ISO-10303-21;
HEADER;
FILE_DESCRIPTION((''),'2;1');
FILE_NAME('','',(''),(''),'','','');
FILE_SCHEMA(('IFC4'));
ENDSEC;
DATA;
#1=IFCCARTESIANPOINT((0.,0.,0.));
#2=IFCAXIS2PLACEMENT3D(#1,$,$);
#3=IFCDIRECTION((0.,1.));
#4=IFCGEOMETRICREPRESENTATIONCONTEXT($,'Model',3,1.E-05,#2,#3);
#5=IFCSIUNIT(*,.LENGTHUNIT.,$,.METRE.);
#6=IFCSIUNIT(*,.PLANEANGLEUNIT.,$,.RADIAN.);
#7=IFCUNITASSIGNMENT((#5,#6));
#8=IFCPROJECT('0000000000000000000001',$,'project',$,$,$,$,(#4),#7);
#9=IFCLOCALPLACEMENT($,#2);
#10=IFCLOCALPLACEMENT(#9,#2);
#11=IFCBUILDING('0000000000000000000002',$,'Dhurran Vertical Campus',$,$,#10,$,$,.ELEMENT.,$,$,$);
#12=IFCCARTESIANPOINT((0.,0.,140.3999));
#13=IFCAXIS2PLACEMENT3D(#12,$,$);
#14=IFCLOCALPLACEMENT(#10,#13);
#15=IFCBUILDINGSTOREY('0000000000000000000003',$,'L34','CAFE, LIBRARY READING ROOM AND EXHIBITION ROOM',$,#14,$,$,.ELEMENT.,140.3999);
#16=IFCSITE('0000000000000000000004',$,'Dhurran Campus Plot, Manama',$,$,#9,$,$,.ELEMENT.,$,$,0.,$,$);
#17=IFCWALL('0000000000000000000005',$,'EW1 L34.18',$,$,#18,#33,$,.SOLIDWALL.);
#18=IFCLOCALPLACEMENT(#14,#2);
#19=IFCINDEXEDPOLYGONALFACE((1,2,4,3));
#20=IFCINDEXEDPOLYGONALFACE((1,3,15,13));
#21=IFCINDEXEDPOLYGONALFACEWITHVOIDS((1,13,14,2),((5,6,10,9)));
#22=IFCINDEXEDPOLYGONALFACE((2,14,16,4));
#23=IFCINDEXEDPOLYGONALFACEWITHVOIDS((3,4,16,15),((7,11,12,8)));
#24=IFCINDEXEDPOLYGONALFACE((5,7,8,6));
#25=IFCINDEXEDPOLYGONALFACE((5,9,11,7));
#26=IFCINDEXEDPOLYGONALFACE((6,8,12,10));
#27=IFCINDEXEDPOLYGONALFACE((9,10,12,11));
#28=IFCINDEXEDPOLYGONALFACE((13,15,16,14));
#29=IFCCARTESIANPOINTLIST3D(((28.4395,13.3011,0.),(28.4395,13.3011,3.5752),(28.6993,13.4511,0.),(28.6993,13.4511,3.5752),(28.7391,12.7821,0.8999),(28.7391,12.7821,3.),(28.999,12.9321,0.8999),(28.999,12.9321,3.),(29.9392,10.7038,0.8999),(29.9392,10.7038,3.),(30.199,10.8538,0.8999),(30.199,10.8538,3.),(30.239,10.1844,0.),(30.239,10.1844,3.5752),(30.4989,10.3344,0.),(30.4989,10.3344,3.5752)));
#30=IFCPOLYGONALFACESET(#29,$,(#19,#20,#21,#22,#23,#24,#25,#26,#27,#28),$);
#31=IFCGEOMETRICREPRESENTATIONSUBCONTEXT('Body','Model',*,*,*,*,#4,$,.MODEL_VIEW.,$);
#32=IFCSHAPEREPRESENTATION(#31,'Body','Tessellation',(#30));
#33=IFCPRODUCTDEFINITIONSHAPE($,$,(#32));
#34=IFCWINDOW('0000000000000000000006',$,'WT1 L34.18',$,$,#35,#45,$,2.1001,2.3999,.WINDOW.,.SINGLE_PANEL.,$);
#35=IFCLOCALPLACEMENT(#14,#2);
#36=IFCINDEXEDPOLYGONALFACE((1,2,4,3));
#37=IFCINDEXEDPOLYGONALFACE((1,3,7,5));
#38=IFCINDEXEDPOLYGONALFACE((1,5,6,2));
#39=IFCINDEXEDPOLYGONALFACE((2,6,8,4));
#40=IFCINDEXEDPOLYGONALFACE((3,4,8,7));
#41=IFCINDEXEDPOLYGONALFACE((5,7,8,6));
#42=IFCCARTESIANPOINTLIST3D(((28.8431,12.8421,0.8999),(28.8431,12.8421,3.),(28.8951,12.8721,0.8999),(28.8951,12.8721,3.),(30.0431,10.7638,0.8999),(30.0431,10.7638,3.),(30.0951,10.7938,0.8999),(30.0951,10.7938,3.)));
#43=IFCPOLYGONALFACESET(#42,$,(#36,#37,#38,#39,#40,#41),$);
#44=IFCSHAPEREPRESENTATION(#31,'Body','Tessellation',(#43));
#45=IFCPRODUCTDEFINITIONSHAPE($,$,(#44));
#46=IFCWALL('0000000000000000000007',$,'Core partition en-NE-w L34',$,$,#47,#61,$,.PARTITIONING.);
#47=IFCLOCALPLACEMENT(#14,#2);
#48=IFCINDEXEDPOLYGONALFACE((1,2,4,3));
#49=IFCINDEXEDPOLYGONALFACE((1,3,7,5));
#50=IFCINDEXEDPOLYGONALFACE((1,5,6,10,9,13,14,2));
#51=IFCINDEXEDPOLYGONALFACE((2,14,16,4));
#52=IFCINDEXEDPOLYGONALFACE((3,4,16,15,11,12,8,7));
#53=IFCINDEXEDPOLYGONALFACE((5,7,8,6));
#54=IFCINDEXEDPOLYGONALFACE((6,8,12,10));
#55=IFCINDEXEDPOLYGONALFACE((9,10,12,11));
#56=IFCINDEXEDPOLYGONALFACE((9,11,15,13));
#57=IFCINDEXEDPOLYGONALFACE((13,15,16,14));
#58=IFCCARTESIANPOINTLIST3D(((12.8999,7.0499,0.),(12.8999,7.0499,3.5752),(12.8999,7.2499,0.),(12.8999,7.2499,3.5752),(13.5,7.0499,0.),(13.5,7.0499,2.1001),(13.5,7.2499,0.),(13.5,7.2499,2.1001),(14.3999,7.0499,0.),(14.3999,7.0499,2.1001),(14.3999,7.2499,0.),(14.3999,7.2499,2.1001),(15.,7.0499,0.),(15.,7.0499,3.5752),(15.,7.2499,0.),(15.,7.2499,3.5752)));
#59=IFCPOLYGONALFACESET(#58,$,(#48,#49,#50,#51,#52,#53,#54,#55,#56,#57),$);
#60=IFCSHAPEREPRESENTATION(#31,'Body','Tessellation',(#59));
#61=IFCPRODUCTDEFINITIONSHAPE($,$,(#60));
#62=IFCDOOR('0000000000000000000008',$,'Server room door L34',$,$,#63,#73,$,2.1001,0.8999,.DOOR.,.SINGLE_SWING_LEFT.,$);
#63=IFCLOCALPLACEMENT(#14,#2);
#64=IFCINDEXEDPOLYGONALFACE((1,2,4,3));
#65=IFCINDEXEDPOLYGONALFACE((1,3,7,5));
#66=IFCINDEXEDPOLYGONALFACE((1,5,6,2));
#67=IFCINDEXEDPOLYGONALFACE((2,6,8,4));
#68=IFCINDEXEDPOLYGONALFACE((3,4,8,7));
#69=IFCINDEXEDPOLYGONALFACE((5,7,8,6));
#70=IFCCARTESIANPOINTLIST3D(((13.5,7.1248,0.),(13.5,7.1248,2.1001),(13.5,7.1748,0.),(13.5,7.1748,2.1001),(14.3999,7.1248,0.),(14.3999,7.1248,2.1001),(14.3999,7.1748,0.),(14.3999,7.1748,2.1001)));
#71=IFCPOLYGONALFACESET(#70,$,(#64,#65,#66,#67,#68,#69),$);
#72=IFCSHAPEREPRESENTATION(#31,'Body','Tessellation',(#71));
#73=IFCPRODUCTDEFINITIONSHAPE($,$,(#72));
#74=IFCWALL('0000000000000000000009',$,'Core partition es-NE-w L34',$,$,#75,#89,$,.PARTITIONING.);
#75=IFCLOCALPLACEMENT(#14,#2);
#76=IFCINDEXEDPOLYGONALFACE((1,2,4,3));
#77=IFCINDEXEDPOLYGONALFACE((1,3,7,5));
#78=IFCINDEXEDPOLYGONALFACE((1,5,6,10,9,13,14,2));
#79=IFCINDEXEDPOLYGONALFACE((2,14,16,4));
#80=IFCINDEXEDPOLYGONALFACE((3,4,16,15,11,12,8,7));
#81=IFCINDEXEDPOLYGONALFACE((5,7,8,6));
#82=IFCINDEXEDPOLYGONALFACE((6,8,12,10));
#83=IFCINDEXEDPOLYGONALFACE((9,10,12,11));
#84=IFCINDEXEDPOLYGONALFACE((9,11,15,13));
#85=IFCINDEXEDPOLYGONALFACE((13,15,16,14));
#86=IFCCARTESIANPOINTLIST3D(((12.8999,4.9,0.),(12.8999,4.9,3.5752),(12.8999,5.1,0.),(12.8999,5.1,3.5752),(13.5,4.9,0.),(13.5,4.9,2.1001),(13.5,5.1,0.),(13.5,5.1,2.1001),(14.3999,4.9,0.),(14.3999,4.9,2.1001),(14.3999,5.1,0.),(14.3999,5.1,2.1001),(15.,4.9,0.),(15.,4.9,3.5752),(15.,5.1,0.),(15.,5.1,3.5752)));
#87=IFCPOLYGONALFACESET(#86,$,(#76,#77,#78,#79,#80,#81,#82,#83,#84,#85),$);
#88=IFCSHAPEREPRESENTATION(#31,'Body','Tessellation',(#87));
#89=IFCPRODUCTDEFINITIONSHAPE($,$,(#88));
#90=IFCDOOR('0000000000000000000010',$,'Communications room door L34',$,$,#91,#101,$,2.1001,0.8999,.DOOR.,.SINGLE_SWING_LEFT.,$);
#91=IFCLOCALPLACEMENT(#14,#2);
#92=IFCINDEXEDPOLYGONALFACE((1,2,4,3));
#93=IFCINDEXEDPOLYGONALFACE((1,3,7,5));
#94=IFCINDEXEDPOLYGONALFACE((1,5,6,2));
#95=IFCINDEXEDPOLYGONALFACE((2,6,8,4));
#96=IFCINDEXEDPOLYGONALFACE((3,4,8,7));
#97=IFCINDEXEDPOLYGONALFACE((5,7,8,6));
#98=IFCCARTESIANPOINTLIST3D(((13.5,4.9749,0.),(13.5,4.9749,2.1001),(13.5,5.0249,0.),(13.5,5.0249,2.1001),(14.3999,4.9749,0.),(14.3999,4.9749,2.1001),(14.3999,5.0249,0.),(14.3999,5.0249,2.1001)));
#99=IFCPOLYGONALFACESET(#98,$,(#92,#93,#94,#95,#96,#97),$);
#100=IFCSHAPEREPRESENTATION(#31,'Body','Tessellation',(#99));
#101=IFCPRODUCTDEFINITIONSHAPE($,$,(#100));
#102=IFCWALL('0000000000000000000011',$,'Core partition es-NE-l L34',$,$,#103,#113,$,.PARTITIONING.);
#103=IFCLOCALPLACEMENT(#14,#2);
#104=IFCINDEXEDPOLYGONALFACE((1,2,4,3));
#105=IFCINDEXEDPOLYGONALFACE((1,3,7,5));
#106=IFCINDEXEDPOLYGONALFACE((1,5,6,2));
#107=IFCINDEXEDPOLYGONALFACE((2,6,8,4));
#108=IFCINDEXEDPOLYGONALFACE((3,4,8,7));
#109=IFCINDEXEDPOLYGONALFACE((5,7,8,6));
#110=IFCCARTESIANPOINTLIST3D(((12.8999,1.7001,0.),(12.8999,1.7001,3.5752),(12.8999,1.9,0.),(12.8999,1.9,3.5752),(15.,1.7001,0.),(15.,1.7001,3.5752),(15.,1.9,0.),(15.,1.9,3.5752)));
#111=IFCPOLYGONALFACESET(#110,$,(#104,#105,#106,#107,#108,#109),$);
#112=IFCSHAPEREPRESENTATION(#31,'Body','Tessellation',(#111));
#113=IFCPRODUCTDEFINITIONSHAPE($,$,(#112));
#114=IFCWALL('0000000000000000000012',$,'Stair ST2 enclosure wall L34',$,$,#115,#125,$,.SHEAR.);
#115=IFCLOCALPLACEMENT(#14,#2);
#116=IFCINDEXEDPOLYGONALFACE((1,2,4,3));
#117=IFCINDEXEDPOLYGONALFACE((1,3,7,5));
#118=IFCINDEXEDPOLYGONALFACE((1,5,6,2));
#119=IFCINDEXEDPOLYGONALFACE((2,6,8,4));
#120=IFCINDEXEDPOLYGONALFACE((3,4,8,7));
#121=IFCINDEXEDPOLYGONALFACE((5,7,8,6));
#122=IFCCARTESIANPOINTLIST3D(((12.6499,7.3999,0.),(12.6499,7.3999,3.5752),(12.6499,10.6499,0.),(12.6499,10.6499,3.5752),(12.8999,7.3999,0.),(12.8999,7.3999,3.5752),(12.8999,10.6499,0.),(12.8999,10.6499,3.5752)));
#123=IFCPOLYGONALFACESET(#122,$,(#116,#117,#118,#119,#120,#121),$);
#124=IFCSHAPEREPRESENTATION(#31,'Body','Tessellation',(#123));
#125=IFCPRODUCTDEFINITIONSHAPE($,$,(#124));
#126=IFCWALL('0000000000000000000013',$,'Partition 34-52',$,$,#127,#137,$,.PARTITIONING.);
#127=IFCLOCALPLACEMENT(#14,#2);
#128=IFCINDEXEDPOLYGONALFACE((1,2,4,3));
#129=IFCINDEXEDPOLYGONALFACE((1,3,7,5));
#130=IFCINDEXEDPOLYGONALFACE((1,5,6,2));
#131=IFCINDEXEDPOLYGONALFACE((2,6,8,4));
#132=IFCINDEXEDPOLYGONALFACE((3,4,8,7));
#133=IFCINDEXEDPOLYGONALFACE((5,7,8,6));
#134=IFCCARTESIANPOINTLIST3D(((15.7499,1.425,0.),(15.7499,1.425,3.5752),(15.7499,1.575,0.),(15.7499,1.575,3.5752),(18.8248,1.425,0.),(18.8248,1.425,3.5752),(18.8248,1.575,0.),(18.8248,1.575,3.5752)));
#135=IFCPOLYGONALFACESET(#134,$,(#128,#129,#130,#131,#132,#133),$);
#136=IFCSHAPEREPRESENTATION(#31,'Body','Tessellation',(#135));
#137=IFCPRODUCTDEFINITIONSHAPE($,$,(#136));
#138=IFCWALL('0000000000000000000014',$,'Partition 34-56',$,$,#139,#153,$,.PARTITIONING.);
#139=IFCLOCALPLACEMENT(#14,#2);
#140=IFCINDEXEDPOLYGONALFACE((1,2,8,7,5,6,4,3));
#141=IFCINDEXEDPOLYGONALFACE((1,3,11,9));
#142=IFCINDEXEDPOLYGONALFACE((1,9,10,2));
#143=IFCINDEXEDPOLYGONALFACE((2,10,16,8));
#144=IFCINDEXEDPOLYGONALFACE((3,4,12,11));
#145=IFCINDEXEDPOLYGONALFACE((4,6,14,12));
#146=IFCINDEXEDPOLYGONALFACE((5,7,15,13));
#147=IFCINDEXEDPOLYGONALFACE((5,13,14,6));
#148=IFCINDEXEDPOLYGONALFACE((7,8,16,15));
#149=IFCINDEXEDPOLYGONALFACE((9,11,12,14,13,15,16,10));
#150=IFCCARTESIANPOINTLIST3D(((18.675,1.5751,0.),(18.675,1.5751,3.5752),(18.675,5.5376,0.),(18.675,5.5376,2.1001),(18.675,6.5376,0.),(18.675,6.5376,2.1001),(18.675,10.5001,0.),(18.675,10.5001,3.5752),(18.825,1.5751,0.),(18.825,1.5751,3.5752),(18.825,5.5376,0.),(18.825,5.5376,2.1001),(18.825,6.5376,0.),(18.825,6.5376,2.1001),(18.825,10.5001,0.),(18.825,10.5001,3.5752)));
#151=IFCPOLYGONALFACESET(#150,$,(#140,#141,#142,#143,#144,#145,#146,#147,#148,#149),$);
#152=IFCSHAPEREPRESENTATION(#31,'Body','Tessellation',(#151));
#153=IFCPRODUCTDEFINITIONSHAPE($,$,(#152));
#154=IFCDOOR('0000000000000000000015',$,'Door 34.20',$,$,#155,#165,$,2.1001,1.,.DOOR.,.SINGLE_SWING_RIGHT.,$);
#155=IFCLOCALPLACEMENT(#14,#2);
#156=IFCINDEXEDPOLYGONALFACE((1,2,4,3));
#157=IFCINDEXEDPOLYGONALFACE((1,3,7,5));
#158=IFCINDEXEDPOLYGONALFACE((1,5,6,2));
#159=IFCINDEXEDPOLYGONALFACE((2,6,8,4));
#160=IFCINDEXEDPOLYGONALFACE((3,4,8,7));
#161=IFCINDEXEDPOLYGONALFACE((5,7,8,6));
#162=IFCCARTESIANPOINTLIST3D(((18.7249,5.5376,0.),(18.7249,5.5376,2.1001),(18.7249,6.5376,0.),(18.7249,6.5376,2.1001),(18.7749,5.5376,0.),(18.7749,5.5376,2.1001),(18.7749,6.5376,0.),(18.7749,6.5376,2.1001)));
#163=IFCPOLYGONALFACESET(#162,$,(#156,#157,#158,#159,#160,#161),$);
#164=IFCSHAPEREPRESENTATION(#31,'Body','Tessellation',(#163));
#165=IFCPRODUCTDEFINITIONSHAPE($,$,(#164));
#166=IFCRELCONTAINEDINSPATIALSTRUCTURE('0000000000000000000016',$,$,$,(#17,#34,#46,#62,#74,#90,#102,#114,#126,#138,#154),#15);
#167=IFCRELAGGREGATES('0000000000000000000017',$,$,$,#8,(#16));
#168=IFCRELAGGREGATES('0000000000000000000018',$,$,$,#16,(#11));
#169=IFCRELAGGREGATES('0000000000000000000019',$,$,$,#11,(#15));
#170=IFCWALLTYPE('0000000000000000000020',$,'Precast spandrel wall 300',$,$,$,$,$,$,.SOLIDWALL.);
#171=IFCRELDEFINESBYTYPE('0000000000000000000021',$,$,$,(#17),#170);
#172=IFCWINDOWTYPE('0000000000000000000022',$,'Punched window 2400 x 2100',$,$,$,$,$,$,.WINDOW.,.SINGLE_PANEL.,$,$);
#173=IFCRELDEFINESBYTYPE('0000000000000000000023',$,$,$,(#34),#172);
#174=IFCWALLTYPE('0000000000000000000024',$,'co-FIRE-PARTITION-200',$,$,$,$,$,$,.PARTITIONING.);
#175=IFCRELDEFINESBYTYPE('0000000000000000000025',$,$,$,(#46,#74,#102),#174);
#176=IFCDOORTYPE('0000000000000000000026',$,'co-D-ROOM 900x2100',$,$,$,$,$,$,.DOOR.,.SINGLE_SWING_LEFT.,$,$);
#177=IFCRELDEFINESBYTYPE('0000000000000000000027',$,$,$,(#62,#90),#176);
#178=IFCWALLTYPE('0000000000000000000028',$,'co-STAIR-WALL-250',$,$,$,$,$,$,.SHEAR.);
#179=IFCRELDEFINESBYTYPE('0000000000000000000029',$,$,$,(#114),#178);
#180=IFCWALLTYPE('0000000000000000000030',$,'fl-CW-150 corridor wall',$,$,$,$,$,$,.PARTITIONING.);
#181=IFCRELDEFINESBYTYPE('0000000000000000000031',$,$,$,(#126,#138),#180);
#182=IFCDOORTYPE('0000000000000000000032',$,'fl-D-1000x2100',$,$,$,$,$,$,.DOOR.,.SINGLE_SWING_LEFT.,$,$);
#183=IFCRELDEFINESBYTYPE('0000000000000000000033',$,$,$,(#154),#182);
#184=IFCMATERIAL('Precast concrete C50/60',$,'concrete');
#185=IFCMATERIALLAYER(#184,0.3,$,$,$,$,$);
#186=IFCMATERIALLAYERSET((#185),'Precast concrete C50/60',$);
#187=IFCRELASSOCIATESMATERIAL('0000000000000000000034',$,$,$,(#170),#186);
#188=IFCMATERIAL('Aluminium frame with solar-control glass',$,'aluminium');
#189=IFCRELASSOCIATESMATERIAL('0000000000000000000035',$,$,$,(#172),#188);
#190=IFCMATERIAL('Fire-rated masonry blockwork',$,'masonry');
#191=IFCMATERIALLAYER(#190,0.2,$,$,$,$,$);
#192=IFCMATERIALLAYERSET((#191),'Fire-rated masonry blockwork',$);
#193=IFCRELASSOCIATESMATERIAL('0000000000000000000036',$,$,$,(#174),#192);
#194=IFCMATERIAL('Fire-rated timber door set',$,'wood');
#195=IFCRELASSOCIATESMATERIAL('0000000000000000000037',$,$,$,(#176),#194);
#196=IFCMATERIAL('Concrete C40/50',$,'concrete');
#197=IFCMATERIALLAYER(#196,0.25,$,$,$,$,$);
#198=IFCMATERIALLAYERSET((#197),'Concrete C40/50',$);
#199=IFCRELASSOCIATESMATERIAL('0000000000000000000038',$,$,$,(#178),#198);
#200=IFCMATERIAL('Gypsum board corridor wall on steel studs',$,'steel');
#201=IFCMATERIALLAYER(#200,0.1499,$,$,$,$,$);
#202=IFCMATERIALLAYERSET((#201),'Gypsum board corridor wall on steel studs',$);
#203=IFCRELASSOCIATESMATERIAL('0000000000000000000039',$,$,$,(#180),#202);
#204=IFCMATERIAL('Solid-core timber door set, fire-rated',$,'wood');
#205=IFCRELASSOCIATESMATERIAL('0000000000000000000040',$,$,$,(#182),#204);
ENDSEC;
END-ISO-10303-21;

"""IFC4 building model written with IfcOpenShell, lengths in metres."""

from ifc_helpers import new_model, si_unit, direction, frame, frame_2d, origin, place, context, subcontext, project, spatial, rectangle, extrude, material, layer, layer_set, type_object, element, fill, save


model = new_model("IFC4")

# Units and contexts
model_context = context("Model", 3, precision=1e-05, world=origin(), true_north=direction((0.0, 1.0)))
body_context = subcontext(model_context, "Body", "Model", "MODEL_VIEW")
ifc_project = project(units=[si_unit("LENGTHUNIT", "METRE"), si_unit("PLANEANGLEUNIT", "RADIAN")], contexts=[model_context])

# Site, building, storey
site_placement = place(None, origin())
site = spatial("IfcSite", under=ifc_project, at=site_placement, Name="Dhurran Campus Plot, Manama", CompositionType="ELEMENT", RefElevation=0.0)
building_placement = place(site_placement, origin())
building = spatial("IfcBuilding", under=site, at=building_placement, Name="Dhurran Vertical Campus", CompositionType="ELEMENT")
storey_placement = place(building_placement, frame((0.0, 0.0, 140.3999)))
storey = spatial("IfcBuildingStorey", under=building, at=storey_placement, Name="L34", Description="CAFE, LIBRARY READING ROOM AND EXHIBITION ROOM", CompositionType="ELEMENT", Elevation=140.3999)

# Wall, opening, window
ifc_material_1 = material(Name="Precast concrete C50/60", Category="concrete")
ifc_layer_1 = layer(ifc_material_1, 0.3)
ifc_layer_set_1 = layer_set([ifc_layer_1], Name="Precast concrete C50/60")
wall_type_1 = type_object("IfcWallType", Name="Precast spandrel wall 300", PredefinedType="SOLIDWALL", material=ifc_layer_set_1)
ifc_material_2 = material(Name="Aluminium frame with solar-control glass", Category="aluminium")
window_type = type_object("IfcWindowType", Name="Punched window 2400 x 2100", PartitioningType="SINGLE_PANEL", PredefinedType="WINDOW", material=ifc_material_2)
wall_1_placement = place(storey_placement, frame((30.3689, 10.2595, 0.0), z_axis=(0.0, 0.0, 1.0), x_axis=(-0.500028, 0.866009, 0.0)))
wall_1 = element("IfcWall", 1, at=wall_1_placement, inside=storey, type_object=wall_type_1, Name="EW1 L34.18", PredefinedType="SOLIDWALL", context=body_context, shape_type="SweptSolid", body=[
    extrude(rectangle(XDim=3.5989, YDim=0.3, at=frame_2d((1.7993, 0.0))), origin(), (0.0, 0.0, 1.0), 3.5752),
])
opening_1_placement = place(wall_1_placement, frame((0.5996, 0.0, 0.8999)))
opening_1 = element("IfcOpeningElement", 2, at=opening_1_placement, cuts=wall_1, PredefinedType="OPENING", context=body_context, shape_type="SweptSolid", body=[
    extrude(rectangle(XDim=2.3999, YDim=2.1001, at=frame_2d((1.2, 1.05))), frame((0.0, 0.1599, 0.0), z_axis=(0.0, -1.0, 0.0), x_axis=(1.0, 0.0, 0.0)), (0.0, 0.0, 1.0), 0.3201),
])
window_1_placement = place(opening_1_placement, origin())
window_1 = element("IfcWindow", 3, at=window_1_placement, inside=storey, type_object=window_type, Name="WT1 L34.18", OverallHeight=2.1001, OverallWidth=2.3999, PartitioningType="SINGLE_PANEL", PredefinedType="WINDOW", context=body_context, shape_type="SweptSolid", body=[
    extrude(rectangle(XDim=2.3999, YDim=2.1001, at=frame_2d((1.2, 1.05))), frame((0.0, 0.03, 0.0), z_axis=(0.0, -1.0, 0.0), x_axis=(1.0, 0.0, 0.0)), (0.0, 0.0, 1.0), 0.0601),
])
fill(opening_1, window_1)

# Walls, openings, doors
ifc_material_3 = material(Name="Fire-rated masonry blockwork", Category="masonry")
ifc_layer_2 = layer(ifc_material_3, 0.2)
ifc_layer_set_2 = layer_set([ifc_layer_2], Name="Fire-rated masonry blockwork")
wall_type_2 = type_object("IfcWallType", Name="co-FIRE-PARTITION-200", PredefinedType="PARTITIONING", material=ifc_layer_set_2)
wall_2_placement = place(storey_placement, frame((12.8999, 7.1499, 0.0), z_axis=(0.0, 0.0, 1.0), x_axis=(1.0, 0.0, 0.0)))
wall_2 = element("IfcWall", 4, at=wall_2_placement, inside=storey, type_object=wall_type_2, Name="Core partition en-NE-w L34", PredefinedType="PARTITIONING", context=body_context, shape_type="SweptSolid", body=[
    extrude(rectangle(XDim=2.1001, YDim=0.2, at=frame_2d((1.05, 0.0))), origin(), (0.0, 0.0, 1.0), 3.5752),
])
opening_2_placement = place(wall_2_placement, frame((0.6001, 0.0, 0.0)))
opening_2 = element("IfcOpeningElement", 5, at=opening_2_placement, cuts=wall_2, PredefinedType="OPENING", context=body_context, shape_type="SweptSolid", body=[
    extrude(rectangle(XDim=0.8999, YDim=2.1001, at=frame_2d((0.45, 1.05))), frame((0.0, 0.1099, 0.0), z_axis=(0.0, -1.0, 0.0), x_axis=(1.0, 0.0, 0.0)), (0.0, 0.0, 1.0), 0.22),
])
ifc_material_4 = material(Name="Fire-rated timber door set", Category="wood")
door_type_1 = type_object("IfcDoorType", Name="co-D-ROOM 900x2100", OperationType="SINGLE_SWING_LEFT", PredefinedType="DOOR", material=ifc_material_4)
door_1_placement = place(opening_2_placement, origin())
door_1 = element("IfcDoor", 6, at=door_1_placement, inside=storey, type_object=door_type_1, Name="Server room door L34", OperationType="SINGLE_SWING_LEFT", OverallHeight=2.1001, OverallWidth=0.8999, PredefinedType="DOOR", context=body_context, shape_type="SweptSolid", body=[
    extrude(rectangle(XDim=0.8999, YDim=2.1001, at=frame_2d((0.45, 1.05))), frame((0.0, 0.0249, 0.0), z_axis=(0.0, -1.0, 0.0), x_axis=(1.0, 0.0, 0.0)), (0.0, 0.0, 1.0), 0.05),
])
fill(opening_2, door_1)
wall_3_placement = place(storey_placement, frame((12.8999, 5.0, 0.0), z_axis=(0.0, 0.0, 1.0), x_axis=(1.0, 0.0, 0.0)))
wall_3 = element("IfcWall", 7, at=wall_3_placement, inside=storey, type_object=wall_type_2, Name="Core partition es-NE-w L34", PredefinedType="PARTITIONING", context=body_context, shape_type="SweptSolid", body=[
    extrude(rectangle(XDim=2.1001, YDim=0.2, at=frame_2d((1.05, 0.0))), origin(), (0.0, 0.0, 1.0), 3.5752),
])
opening_3_placement = place(wall_3_placement, frame((0.6001, 0.0, 0.0)))
opening_3 = element("IfcOpeningElement", 8, at=opening_3_placement, cuts=wall_3, PredefinedType="OPENING", context=body_context, shape_type="SweptSolid", body=[
    extrude(rectangle(XDim=0.8999, YDim=2.1001, at=frame_2d((0.45, 1.05))), frame((0.0, 0.1099, 0.0), z_axis=(0.0, -1.0, 0.0), x_axis=(1.0, 0.0, 0.0)), (0.0, 0.0, 1.0), 0.22),
])
door_2_placement = place(opening_3_placement, origin())
door_2 = element("IfcDoor", 9, at=door_2_placement, inside=storey, type_object=door_type_1, Name="Communications room door L34", OperationType="SINGLE_SWING_LEFT", OverallHeight=2.1001, OverallWidth=0.8999, PredefinedType="DOOR", context=body_context, shape_type="SweptSolid", body=[
    extrude(rectangle(XDim=0.8999, YDim=2.1001, at=frame_2d((0.45, 1.05))), frame((0.0, 0.0249, 0.0), z_axis=(0.0, -1.0, 0.0), x_axis=(1.0, 0.0, 0.0)), (0.0, 0.0, 1.0), 0.05),
])
fill(opening_3, door_2)

# Walls
wall_4_placement = place(storey_placement, frame((12.8999, 1.8, 0.0), z_axis=(0.0, 0.0, 1.0), x_axis=(1.0, 0.0, 0.0)))
element("IfcWall", 10, at=wall_4_placement, inside=storey, type_object=wall_type_2, Name="Core partition es-NE-l L34", PredefinedType="PARTITIONING", context=body_context, shape_type="SweptSolid", body=[
    extrude(rectangle(XDim=2.1001, YDim=0.2, at=frame_2d((1.05, 0.0))), origin(), (0.0, 0.0, 1.0), 3.5752),
])
ifc_material_5 = material(Name="Concrete C40/50", Category="concrete")
ifc_layer_3 = layer(ifc_material_5, 0.25)
ifc_layer_set_3 = layer_set([ifc_layer_3], Name="Concrete C40/50")
wall_type_3 = type_object("IfcWallType", Name="co-STAIR-WALL-250", PredefinedType="SHEAR", material=ifc_layer_set_3)
wall_5_placement = place(storey_placement, frame((12.7749, 7.3999, 0.0), z_axis=(0.0, 0.0, 1.0), x_axis=(0.0, 1.0, 0.0)))
element("IfcWall", 11, at=wall_5_placement, inside=storey, type_object=wall_type_3, Name="Stair ST2 enclosure wall L34", PredefinedType="SHEAR", context=body_context, shape_type="SweptSolid", body=[
    extrude(rectangle(XDim=3.25, YDim=0.25, at=frame_2d((1.625, 0.0))), origin(), (0.0, 0.0, 1.0), 3.5752),
])
ifc_material_6 = material(Name="Gypsum board corridor wall on steel studs", Category="steel")
ifc_layer_4 = layer(ifc_material_6, 0.1499)
ifc_layer_set_4 = layer_set([ifc_layer_4], Name="Gypsum board corridor wall on steel studs")
wall_type_4 = type_object("IfcWallType", Name="fl-CW-150 corridor wall", PredefinedType="PARTITIONING", material=ifc_layer_set_4)
wall_6_placement = place(storey_placement, frame((18.825, 1.5, 0.0), z_axis=(0.0, 0.0, 1.0), x_axis=(-1.0, 0.0, 0.0)))
element("IfcWall", 12, at=wall_6_placement, inside=storey, type_object=wall_type_4, Name="Partition 34-52", PredefinedType="PARTITIONING", context=body_context, shape_type="SweptSolid", body=[
    extrude(rectangle(XDim=3.075, YDim=0.1499, at=frame_2d((1.5376, 0.0))), origin(), (0.0, 0.0, 1.0), 3.5752),
])

# Wall, opening, door
wall_7_placement = place(storey_placement, frame((18.75, 10.5, 0.0), z_axis=(0.0, 0.0, 1.0), x_axis=(0.0, -1.0, 0.0)))
wall_7 = element("IfcWall", 13, at=wall_7_placement, inside=storey, type_object=wall_type_4, Name="Partition 34-56", PredefinedType="PARTITIONING", context=body_context, shape_type="SweptSolid", body=[
    extrude(rectangle(XDim=8.925, YDim=0.1499, at=frame_2d((4.4624, 0.0))), origin(), (0.0, 0.0, 1.0), 3.5752),
])
opening_4_placement = place(wall_7_placement, frame((3.9624, 0.0, 0.0)))
opening_4 = element("IfcOpeningElement", 14, at=opening_4_placement, cuts=wall_7, PredefinedType="OPENING", context=body_context, shape_type="SweptSolid", body=[
    extrude(rectangle(XDim=1.0, YDim=2.1001, at=frame_2d((0.5, 1.05))), frame((0.0, 0.085, 0.0), z_axis=(0.0, -1.0, 0.0), x_axis=(1.0, 0.0, 0.0)), (0.0, 0.0, 1.0), 0.1699),
])
ifc_material_7 = material(Name="Solid-core timber door set, fire-rated", Category="wood")
door_type_2 = type_object("IfcDoorType", Name="fl-D-1000x2100", OperationType="SINGLE_SWING_LEFT", PredefinedType="DOOR", material=ifc_material_7)
door_3_placement = place(opening_4_placement, origin())
door_3 = element("IfcDoor", 15, at=door_3_placement, inside=storey, type_object=door_type_2, Name="Door 34.20", OperationType="SINGLE_SWING_RIGHT", OverallHeight=2.1001, OverallWidth=1.0, PredefinedType="DOOR", context=body_context, shape_type="SweptSolid", body=[
    extrude(rectangle(XDim=1.0, YDim=2.1001, at=frame_2d((0.5, 1.05))), frame((0.0, 0.0249, 0.0), z_axis=(0.0, -1.0, 0.0), x_axis=(1.0, 0.0, 0.0)), (0.0, 0.0, 1.0), 0.05),
])
fill(opening_4, door_3)

save(model, "model.ifc")
